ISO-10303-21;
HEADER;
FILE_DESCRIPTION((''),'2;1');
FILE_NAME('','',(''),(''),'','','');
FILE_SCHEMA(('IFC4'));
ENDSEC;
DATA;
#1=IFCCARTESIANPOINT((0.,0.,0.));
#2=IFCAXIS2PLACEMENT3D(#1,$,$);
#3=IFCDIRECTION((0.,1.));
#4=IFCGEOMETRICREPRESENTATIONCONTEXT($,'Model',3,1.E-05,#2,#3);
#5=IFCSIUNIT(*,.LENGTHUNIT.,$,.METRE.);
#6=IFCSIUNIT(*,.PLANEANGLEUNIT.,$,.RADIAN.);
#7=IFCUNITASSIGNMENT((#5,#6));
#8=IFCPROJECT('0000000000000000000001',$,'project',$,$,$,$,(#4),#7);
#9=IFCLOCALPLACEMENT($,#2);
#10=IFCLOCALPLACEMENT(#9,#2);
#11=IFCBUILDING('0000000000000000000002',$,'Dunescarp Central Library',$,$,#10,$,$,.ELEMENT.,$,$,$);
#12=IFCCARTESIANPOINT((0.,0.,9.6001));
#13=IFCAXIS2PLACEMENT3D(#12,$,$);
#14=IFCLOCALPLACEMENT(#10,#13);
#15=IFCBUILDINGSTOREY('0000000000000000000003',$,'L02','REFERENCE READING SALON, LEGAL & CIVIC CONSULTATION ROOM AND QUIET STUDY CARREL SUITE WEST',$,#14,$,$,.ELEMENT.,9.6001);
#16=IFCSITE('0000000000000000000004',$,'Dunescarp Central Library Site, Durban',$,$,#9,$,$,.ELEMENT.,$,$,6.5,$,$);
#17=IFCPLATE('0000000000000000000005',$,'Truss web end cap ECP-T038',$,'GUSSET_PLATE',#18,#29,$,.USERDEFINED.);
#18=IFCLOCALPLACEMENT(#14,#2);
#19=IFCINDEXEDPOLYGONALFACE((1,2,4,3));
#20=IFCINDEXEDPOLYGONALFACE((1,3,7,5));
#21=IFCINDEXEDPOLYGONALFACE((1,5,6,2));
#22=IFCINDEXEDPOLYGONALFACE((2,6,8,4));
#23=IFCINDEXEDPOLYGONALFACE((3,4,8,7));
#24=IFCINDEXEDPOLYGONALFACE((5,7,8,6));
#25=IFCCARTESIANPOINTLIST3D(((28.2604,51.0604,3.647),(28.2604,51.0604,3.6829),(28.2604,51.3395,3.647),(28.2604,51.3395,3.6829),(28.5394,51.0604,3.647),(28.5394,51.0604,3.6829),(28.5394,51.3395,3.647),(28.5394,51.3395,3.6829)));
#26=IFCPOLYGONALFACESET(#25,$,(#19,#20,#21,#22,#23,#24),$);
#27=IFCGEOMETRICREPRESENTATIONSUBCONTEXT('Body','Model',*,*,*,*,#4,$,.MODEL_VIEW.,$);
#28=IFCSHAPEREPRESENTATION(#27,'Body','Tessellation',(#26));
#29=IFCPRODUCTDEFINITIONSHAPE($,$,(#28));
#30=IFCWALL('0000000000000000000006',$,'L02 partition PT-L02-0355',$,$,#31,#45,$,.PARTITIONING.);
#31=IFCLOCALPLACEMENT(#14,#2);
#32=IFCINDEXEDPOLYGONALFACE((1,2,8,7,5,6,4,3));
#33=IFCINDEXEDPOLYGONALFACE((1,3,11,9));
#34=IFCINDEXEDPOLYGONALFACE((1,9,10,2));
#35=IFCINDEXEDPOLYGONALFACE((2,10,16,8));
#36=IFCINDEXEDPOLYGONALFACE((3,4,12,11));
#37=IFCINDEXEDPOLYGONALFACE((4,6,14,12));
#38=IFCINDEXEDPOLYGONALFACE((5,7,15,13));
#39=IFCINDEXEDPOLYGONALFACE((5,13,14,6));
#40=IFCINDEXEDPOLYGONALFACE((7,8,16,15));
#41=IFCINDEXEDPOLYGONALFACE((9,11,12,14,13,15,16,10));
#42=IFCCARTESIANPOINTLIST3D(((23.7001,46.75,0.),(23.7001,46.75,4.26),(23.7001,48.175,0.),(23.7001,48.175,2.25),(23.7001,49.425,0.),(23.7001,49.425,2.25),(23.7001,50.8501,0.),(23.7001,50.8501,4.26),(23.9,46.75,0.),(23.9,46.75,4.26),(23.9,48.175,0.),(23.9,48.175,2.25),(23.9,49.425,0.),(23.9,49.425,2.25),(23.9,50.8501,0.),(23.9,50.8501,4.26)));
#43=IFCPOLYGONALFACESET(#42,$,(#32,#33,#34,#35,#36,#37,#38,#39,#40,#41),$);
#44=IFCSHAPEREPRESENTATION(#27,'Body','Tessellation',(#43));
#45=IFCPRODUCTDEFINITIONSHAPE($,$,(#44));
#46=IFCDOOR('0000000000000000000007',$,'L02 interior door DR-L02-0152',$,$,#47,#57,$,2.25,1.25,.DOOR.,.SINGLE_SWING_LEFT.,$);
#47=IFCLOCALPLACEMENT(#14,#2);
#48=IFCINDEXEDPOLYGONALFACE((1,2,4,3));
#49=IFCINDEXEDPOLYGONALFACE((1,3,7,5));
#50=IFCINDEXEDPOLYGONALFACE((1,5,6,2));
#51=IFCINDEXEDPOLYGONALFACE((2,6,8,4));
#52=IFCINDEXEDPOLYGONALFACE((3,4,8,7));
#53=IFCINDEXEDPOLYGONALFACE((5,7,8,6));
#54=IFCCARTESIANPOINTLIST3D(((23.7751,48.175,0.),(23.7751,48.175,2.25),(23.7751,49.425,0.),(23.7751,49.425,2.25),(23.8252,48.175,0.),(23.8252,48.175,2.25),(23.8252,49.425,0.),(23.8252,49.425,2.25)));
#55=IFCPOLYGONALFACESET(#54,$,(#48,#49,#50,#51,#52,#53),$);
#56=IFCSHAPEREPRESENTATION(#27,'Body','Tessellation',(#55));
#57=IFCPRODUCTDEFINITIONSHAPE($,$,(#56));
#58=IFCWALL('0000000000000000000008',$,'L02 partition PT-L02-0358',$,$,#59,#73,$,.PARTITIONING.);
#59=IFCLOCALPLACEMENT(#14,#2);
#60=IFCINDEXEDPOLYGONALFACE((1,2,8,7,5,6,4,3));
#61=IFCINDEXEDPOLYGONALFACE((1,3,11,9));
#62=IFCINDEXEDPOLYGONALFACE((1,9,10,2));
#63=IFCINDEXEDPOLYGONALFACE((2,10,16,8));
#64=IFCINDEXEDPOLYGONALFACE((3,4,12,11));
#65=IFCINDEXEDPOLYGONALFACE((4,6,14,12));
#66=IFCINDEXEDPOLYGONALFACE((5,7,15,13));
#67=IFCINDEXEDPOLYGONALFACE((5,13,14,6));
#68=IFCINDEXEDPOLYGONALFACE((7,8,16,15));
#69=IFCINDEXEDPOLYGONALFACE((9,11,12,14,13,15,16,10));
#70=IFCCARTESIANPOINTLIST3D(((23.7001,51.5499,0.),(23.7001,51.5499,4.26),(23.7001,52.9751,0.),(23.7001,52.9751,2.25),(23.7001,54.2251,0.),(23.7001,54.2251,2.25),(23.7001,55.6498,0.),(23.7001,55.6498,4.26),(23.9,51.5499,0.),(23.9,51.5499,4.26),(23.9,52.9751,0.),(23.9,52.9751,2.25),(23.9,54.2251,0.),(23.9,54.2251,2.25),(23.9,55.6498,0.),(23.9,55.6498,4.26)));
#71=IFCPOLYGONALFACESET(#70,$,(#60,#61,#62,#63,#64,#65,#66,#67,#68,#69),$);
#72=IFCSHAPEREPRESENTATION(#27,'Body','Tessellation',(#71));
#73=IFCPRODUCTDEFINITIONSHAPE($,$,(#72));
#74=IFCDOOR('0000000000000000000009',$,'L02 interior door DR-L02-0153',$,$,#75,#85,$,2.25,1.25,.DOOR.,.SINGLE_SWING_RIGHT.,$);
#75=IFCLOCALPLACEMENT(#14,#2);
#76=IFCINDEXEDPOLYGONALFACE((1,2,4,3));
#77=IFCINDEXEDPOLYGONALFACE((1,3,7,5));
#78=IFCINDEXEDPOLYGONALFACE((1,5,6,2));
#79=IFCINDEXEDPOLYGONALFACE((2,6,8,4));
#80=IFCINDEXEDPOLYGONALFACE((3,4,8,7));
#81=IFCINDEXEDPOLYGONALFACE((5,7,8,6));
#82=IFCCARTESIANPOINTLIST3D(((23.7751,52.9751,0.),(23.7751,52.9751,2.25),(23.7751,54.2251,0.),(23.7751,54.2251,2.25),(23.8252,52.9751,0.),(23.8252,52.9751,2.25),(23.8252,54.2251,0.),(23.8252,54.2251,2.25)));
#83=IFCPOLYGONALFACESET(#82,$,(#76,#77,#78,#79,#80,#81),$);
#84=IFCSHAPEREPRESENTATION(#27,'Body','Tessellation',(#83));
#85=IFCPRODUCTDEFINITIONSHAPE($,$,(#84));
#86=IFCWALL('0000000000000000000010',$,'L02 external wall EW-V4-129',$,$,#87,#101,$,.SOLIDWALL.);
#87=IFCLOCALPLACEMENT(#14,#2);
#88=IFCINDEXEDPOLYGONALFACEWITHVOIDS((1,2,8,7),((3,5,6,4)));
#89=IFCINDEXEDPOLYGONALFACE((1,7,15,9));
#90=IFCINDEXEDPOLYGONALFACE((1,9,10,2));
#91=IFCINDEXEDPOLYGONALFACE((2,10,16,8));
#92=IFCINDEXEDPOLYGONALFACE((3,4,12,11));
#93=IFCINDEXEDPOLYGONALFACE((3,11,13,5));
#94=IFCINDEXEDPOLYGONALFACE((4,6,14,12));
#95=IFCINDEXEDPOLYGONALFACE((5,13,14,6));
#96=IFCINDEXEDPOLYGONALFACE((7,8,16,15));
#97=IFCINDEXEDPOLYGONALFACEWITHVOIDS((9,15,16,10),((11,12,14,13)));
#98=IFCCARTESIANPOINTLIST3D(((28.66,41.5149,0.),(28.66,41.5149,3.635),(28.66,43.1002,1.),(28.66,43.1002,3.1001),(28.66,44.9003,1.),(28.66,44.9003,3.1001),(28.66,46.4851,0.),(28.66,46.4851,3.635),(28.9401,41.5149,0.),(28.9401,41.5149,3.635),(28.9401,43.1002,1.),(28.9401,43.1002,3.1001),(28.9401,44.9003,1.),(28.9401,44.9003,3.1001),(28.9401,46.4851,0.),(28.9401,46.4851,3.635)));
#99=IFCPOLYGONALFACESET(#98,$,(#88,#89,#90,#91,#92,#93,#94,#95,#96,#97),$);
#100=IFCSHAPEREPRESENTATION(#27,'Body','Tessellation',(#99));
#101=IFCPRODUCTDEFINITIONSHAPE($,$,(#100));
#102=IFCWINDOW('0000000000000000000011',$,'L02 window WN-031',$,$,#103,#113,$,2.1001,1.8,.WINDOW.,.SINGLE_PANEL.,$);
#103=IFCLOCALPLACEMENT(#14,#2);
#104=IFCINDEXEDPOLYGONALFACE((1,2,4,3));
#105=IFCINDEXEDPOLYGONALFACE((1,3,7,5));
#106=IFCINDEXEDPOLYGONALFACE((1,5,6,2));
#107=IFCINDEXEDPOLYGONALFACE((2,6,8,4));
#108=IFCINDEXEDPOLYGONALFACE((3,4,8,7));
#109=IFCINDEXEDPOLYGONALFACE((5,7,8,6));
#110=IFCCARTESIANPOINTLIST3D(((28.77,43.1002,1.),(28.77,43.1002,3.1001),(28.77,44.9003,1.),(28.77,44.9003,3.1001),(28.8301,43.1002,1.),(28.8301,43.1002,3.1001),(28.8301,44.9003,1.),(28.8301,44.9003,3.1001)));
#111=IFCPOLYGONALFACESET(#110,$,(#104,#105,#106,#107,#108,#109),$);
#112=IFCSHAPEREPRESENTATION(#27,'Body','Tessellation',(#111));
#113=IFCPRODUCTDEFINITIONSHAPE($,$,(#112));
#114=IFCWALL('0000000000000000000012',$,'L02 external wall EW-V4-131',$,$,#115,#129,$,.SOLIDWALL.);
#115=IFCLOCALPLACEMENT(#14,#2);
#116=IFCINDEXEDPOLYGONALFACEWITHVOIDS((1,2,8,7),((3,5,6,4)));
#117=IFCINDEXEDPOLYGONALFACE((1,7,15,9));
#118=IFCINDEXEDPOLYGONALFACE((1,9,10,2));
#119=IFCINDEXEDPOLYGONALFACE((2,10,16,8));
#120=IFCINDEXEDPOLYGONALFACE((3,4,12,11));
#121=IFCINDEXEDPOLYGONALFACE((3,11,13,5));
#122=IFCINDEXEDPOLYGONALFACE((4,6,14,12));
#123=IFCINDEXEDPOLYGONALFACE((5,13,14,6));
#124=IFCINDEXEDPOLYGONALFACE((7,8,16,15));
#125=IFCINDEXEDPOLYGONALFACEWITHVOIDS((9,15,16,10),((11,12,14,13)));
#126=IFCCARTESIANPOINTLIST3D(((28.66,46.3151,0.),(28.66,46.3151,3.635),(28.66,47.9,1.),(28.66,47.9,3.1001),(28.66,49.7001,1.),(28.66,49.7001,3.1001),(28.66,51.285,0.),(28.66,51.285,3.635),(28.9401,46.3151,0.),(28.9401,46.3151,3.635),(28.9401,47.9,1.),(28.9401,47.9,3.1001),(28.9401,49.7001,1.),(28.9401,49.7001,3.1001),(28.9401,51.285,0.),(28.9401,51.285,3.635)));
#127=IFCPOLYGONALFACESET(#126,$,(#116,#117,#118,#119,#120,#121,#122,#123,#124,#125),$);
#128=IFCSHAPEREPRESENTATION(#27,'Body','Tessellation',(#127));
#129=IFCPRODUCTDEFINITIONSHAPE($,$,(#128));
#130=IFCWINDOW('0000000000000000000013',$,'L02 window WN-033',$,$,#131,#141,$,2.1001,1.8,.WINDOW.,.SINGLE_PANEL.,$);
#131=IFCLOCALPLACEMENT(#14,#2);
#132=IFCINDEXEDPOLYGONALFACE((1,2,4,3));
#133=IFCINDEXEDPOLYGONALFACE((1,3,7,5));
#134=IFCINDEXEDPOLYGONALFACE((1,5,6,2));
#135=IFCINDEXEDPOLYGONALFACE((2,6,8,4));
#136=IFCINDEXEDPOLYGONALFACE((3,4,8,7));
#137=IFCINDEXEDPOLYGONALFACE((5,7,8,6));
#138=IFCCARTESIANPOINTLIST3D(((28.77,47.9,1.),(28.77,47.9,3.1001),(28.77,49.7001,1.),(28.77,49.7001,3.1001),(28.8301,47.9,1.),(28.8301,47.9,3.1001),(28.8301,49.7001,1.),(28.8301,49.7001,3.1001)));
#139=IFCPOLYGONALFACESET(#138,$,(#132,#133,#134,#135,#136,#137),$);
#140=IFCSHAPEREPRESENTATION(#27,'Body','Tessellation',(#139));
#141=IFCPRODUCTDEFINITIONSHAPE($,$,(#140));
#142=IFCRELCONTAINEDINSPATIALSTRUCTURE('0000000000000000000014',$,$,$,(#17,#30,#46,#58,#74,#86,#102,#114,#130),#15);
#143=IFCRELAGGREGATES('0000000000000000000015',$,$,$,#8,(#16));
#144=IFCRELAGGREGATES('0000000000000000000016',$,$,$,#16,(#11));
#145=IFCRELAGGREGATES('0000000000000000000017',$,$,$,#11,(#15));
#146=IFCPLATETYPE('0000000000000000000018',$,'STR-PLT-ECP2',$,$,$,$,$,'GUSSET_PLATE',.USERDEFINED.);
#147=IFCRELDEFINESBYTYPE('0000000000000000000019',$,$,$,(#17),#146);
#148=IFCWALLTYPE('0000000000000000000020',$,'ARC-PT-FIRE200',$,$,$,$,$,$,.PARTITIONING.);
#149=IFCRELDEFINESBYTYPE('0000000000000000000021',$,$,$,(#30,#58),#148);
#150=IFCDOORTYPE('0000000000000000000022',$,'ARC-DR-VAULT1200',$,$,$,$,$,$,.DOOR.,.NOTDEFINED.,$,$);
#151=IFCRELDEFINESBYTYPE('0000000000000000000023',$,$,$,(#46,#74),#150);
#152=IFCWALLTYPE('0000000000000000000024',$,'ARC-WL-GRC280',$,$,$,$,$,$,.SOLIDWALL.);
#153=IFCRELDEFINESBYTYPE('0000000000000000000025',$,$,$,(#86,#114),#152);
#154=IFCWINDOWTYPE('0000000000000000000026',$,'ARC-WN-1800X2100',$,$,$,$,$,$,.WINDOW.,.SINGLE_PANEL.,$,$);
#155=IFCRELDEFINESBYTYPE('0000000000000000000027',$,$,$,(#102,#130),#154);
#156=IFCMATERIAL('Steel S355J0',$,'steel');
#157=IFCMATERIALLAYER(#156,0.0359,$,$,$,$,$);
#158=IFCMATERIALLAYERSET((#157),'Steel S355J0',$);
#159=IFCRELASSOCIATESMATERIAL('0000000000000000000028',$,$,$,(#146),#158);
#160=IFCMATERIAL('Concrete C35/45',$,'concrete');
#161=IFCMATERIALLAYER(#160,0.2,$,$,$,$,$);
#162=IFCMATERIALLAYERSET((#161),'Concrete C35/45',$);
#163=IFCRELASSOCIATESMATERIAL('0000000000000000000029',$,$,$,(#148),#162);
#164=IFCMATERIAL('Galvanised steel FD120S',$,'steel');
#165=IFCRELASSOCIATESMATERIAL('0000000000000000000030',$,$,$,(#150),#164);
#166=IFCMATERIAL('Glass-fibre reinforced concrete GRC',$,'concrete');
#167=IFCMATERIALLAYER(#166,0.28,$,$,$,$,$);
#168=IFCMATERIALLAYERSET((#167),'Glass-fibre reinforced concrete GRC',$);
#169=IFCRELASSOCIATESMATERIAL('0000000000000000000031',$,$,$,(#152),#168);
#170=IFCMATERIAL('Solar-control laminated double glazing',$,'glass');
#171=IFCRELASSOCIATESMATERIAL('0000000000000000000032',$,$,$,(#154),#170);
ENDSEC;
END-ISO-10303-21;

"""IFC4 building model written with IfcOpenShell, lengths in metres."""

from ifc_helpers import new_model, si_unit, direction, frame, frame_2d, origin, origin_2d, place, context, subcontext, project, spatial, rectangle, extrude, material, layer, layer_set, type_object, element, fill, save


model = new_model("IFC4")

# Units and contexts
model_context = context("Model", 3, precision=1e-05, world=origin(), true_north=direction((0.0, 1.0)))
body_context = subcontext(model_context, "Body", "Model", "MODEL_VIEW")
ifc_project = project(units=[si_unit("LENGTHUNIT", "METRE"), si_unit("PLANEANGLEUNIT", "RADIAN")], contexts=[model_context])

# Site, building, storey
site_placement = place(None, origin())
site = spatial("IfcSite", under=ifc_project, at=site_placement, Name="Dunescarp Central Library Site, Durban", CompositionType="ELEMENT", RefElevation=6.5)
building_placement = place(site_placement, origin())
building = spatial("IfcBuilding", under=site, at=building_placement, Name="Dunescarp Central Library", CompositionType="ELEMENT")
storey_placement = place(building_placement, frame((0.0, 0.0, 9.6001)))
storey = spatial("IfcBuildingStorey", under=building, at=storey_placement, Name="L02", Description="REFERENCE READING SALON, LEGAL & CIVIC CONSULTATION ROOM AND QUIET STUDY CARREL SUITE WEST", CompositionType="ELEMENT", Elevation=9.6001)

# Shared definitions
ifc_material_1 = material(Name="Steel S355J0", Category="steel")

# Plate
ifc_layer_1 = layer(ifc_material_1, 0.0359)
ifc_layer_set_1 = layer_set([ifc_layer_1], Name="Steel S355J0")
plate_type_1 = type_object("IfcPlateType", Name="STR-PLT-ECP2", ElementType="GUSSET_PLATE", PredefinedType="USERDEFINED", material=ifc_layer_set_1)
for number, where, z_axis, x_axis, name in (
    (1, (28.3999, 51.2, 3.647), (0.0, 0.0, 1.0), (1.0, 0.0, 0.0), "Truss web end cap ECP-T038"),
):
    element("IfcPlate", number, at=place(storey_placement, frame(where, z_axis=z_axis, x_axis=x_axis)), inside=storey, type_object=plate_type_1, Name=name, ObjectType="GUSSET_PLATE", PredefinedType="USERDEFINED", context=body_context, shape_type="SweptSolid", body=[
        extrude(rectangle(XDim=0.2791, YDim=0.2791, at=origin_2d()), origin(), (0.0, 0.0, 1.0), 0.0359),
    ])

# Walls, openings, doors
ifc_material_2 = material(Name="Concrete C35/45", Category="concrete")
ifc_layer_2 = layer(ifc_material_2, 0.2)
ifc_layer_set_2 = layer_set([ifc_layer_2], Name="Concrete C35/45")
wall_type_1 = type_object("IfcWallType", Name="ARC-PT-FIRE200", PredefinedType="PARTITIONING", material=ifc_layer_set_2)
wall_1_placement = place(storey_placement, frame((23.8, 46.75, 0.0), z_axis=(0.0, 0.0, 1.0), x_axis=(0.0, 1.0, 0.0)))
wall_1 = element("IfcWall", 2, at=wall_1_placement, inside=storey, type_object=wall_type_1, Name="L02 partition PT-L02-0355", PredefinedType="PARTITIONING", context=body_context, shape_type="SweptSolid", body=[
    extrude(rectangle(XDim=4.1001, YDim=0.2, at=frame_2d((2.05, 0.0))), origin(), (0.0, 0.0, 1.0), 4.26),
])
opening_1_placement = place(wall_1_placement, frame((1.425, 0.0, 0.0)))
opening_1 = element("IfcOpeningElement", 3, at=opening_1_placement, cuts=wall_1, PredefinedType="OPENING", context=body_context, shape_type="SweptSolid", body=[
    extrude(rectangle(XDim=1.25, YDim=2.25, at=frame_2d((0.625, 1.125))), frame((0.0, 0.1099, 0.0), z_axis=(0.0, -1.0, 0.0), x_axis=(1.0, 0.0, 0.0)), (0.0, 0.0, 1.0), 0.22),
])
ifc_material_3 = material(Name="Galvanised steel FD120S", Category="steel")
door_type = type_object("IfcDoorType", Name="ARC-DR-VAULT1200", OperationType="NOTDEFINED", PredefinedType="DOOR", material=ifc_material_3)
door_1_placement = place(opening_1_placement, origin())
door_1 = element("IfcDoor", 4, at=door_1_placement, inside=storey, type_object=door_type, Name="L02 interior door DR-L02-0152", OperationType="SINGLE_SWING_LEFT", OverallHeight=2.25, OverallWidth=1.25, PredefinedType="DOOR", context=body_context, shape_type="SweptSolid", body=[
    extrude(rectangle(XDim=1.25, YDim=2.25, at=frame_2d((0.625, 1.125))), frame((0.0, 0.0249, 0.0), z_axis=(0.0, -1.0, 0.0), x_axis=(1.0, 0.0, 0.0)), (0.0, 0.0, 1.0), 0.05),
])
fill(opening_1, door_1)
wall_2_placement = place(storey_placement, frame((23.8, 51.55, 0.0), z_axis=(0.0, 0.0, 1.0), x_axis=(0.0, 1.0, 0.0)))
wall_2 = element("IfcWall", 5, at=wall_2_placement, inside=storey, type_object=wall_type_1, Name="L02 partition PT-L02-0358", PredefinedType="PARTITIONING", context=body_context, shape_type="SweptSolid", body=[
    extrude(rectangle(XDim=4.0999, YDim=0.2, at=frame_2d((2.0498, 0.0))), origin(), (0.0, 0.0, 1.0), 4.26),
])
opening_2_placement = place(wall_2_placement, frame((1.425, 0.0, 0.0)))
opening_2 = element("IfcOpeningElement", 6, at=opening_2_placement, cuts=wall_2, PredefinedType="OPENING", context=body_context, shape_type="SweptSolid", body=[
    extrude(rectangle(XDim=1.25, YDim=2.25, at=frame_2d((0.625, 1.125))), frame((0.0, 0.1099, 0.0), z_axis=(0.0, -1.0, 0.0), x_axis=(1.0, 0.0, 0.0)), (0.0, 0.0, 1.0), 0.22),
])
door_2_placement = place(opening_2_placement, origin())
door_2 = element("IfcDoor", 7, at=door_2_placement, inside=storey, type_object=door_type, Name="L02 interior door DR-L02-0153", OperationType="SINGLE_SWING_RIGHT", OverallHeight=2.25, OverallWidth=1.25, PredefinedType="DOOR", context=body_context, shape_type="SweptSolid", body=[
    extrude(rectangle(XDim=1.25, YDim=2.25, at=frame_2d((0.625, 1.125))), frame((0.0, 0.0249, 0.0), z_axis=(0.0, -1.0, 0.0), x_axis=(1.0, 0.0, 0.0)), (0.0, 0.0, 1.0), 0.05),
])
fill(opening_2, door_2)

# Walls, openings, windows
ifc_material_4 = material(Name="Glass-fibre reinforced concrete GRC", Category="concrete")
ifc_layer_3 = layer(ifc_material_4, 0.28)
ifc_layer_set_3 = layer_set([ifc_layer_3], Name="Glass-fibre reinforced concrete GRC")
wall_type_2 = type_object("IfcWallType", Name="ARC-WL-GRC280", PredefinedType="SOLIDWALL", material=ifc_layer_set_3)
wall_3_placement = place(storey_placement, frame((28.8, 46.4851, 0.0), z_axis=(0.0, 0.0, 1.0), x_axis=(0.0, -1.0, 0.0)))
wall_3 = element("IfcWall", 8, at=wall_3_placement, inside=storey, type_object=wall_type_2, Name="L02 external wall EW-V4-129", PredefinedType="SOLIDWALL", context=body_context, shape_type="SweptSolid", body=[
    extrude(rectangle(XDim=4.9702, YDim=0.28, at=frame_2d((2.4851, 0.0))), origin(), (0.0, 0.0, 1.0), 3.635),
])
opening_3_placement = place(wall_3_placement, frame((1.585, 0.0, 1.0)))
opening_3 = element("IfcOpeningElement", 9, at=opening_3_placement, cuts=wall_3, PredefinedType="OPENING", context=body_context, shape_type="SweptSolid", body=[
    extrude(rectangle(XDim=1.8, YDim=2.1001, at=frame_2d((0.8999, 1.05))), frame((0.0, 0.1499, 0.0), z_axis=(0.0, -1.0, 0.0), x_axis=(1.0, 0.0, 0.0)), (0.0, 0.0, 1.0), 0.3),
])
ifc_material_5 = material(Name="Solar-control laminated double glazing", Category="glass")
window_type = type_object("IfcWindowType", Name="ARC-WN-1800X2100", PartitioningType="SINGLE_PANEL", PredefinedType="WINDOW", material=ifc_material_5)
window_1_placement = place(opening_3_placement, origin())
window_1 = element("IfcWindow", 10, at=window_1_placement, inside=storey, type_object=window_type, Name="L02 window WN-031", OverallHeight=2.1001, OverallWidth=1.8, PartitioningType="SINGLE_PANEL", PredefinedType="WINDOW", context=body_context, shape_type="SweptSolid", body=[
    extrude(rectangle(XDim=1.8, YDim=2.1001, at=frame_2d((0.8999, 1.05))), frame((0.0, 0.03, 0.0), z_axis=(0.0, -1.0, 0.0), x_axis=(1.0, 0.0, 0.0)), (0.0, 0.0, 1.0), 0.0601),
])
fill(opening_3, window_1)
wall_4_placement = place(storey_placement, frame((28.8, 51.2849, 0.0), z_axis=(0.0, 0.0, 1.0), x_axis=(0.0, -1.0, 0.0)))
wall_4 = element("IfcWall", 11, at=wall_4_placement, inside=storey, type_object=wall_type_2, Name="L02 external wall EW-V4-131", PredefinedType="SOLIDWALL", context=body_context, shape_type="SweptSolid", body=[
    extrude(rectangle(XDim=4.97, YDim=0.28, at=frame_2d((2.4849, 0.0))), origin(), (0.0, 0.0, 1.0), 3.635),
])
opening_4_placement = place(wall_4_placement, frame((1.585, 0.0, 1.0)))
opening_4 = element("IfcOpeningElement", 12, at=opening_4_placement, cuts=wall_4, PredefinedType="OPENING", context=body_context, shape_type="SweptSolid", body=[
    extrude(rectangle(XDim=1.8, YDim=2.1001, at=frame_2d((0.8999, 1.05))), frame((0.0, 0.1499, 0.0), z_axis=(0.0, -1.0, 0.0), x_axis=(1.0, 0.0, 0.0)), (0.0, 0.0, 1.0), 0.3),
])
window_2_placement = place(opening_4_placement, origin())
window_2 = element("IfcWindow", 13, at=window_2_placement, inside=storey, type_object=window_type, Name="L02 window WN-033", OverallHeight=2.1001, OverallWidth=1.8, PartitioningType="SINGLE_PANEL", PredefinedType="WINDOW", context=body_context, shape_type="SweptSolid", body=[
    extrude(rectangle(XDim=1.8, YDim=2.1001, at=frame_2d((0.8999, 1.05))), frame((0.0, 0.03, 0.0), z_axis=(0.0, -1.0, 0.0), x_axis=(1.0, 0.0, 0.0)), (0.0, 0.0, 1.0), 0.0601),
])
fill(opening_4, window_2)

save(model, "model.ifc")
